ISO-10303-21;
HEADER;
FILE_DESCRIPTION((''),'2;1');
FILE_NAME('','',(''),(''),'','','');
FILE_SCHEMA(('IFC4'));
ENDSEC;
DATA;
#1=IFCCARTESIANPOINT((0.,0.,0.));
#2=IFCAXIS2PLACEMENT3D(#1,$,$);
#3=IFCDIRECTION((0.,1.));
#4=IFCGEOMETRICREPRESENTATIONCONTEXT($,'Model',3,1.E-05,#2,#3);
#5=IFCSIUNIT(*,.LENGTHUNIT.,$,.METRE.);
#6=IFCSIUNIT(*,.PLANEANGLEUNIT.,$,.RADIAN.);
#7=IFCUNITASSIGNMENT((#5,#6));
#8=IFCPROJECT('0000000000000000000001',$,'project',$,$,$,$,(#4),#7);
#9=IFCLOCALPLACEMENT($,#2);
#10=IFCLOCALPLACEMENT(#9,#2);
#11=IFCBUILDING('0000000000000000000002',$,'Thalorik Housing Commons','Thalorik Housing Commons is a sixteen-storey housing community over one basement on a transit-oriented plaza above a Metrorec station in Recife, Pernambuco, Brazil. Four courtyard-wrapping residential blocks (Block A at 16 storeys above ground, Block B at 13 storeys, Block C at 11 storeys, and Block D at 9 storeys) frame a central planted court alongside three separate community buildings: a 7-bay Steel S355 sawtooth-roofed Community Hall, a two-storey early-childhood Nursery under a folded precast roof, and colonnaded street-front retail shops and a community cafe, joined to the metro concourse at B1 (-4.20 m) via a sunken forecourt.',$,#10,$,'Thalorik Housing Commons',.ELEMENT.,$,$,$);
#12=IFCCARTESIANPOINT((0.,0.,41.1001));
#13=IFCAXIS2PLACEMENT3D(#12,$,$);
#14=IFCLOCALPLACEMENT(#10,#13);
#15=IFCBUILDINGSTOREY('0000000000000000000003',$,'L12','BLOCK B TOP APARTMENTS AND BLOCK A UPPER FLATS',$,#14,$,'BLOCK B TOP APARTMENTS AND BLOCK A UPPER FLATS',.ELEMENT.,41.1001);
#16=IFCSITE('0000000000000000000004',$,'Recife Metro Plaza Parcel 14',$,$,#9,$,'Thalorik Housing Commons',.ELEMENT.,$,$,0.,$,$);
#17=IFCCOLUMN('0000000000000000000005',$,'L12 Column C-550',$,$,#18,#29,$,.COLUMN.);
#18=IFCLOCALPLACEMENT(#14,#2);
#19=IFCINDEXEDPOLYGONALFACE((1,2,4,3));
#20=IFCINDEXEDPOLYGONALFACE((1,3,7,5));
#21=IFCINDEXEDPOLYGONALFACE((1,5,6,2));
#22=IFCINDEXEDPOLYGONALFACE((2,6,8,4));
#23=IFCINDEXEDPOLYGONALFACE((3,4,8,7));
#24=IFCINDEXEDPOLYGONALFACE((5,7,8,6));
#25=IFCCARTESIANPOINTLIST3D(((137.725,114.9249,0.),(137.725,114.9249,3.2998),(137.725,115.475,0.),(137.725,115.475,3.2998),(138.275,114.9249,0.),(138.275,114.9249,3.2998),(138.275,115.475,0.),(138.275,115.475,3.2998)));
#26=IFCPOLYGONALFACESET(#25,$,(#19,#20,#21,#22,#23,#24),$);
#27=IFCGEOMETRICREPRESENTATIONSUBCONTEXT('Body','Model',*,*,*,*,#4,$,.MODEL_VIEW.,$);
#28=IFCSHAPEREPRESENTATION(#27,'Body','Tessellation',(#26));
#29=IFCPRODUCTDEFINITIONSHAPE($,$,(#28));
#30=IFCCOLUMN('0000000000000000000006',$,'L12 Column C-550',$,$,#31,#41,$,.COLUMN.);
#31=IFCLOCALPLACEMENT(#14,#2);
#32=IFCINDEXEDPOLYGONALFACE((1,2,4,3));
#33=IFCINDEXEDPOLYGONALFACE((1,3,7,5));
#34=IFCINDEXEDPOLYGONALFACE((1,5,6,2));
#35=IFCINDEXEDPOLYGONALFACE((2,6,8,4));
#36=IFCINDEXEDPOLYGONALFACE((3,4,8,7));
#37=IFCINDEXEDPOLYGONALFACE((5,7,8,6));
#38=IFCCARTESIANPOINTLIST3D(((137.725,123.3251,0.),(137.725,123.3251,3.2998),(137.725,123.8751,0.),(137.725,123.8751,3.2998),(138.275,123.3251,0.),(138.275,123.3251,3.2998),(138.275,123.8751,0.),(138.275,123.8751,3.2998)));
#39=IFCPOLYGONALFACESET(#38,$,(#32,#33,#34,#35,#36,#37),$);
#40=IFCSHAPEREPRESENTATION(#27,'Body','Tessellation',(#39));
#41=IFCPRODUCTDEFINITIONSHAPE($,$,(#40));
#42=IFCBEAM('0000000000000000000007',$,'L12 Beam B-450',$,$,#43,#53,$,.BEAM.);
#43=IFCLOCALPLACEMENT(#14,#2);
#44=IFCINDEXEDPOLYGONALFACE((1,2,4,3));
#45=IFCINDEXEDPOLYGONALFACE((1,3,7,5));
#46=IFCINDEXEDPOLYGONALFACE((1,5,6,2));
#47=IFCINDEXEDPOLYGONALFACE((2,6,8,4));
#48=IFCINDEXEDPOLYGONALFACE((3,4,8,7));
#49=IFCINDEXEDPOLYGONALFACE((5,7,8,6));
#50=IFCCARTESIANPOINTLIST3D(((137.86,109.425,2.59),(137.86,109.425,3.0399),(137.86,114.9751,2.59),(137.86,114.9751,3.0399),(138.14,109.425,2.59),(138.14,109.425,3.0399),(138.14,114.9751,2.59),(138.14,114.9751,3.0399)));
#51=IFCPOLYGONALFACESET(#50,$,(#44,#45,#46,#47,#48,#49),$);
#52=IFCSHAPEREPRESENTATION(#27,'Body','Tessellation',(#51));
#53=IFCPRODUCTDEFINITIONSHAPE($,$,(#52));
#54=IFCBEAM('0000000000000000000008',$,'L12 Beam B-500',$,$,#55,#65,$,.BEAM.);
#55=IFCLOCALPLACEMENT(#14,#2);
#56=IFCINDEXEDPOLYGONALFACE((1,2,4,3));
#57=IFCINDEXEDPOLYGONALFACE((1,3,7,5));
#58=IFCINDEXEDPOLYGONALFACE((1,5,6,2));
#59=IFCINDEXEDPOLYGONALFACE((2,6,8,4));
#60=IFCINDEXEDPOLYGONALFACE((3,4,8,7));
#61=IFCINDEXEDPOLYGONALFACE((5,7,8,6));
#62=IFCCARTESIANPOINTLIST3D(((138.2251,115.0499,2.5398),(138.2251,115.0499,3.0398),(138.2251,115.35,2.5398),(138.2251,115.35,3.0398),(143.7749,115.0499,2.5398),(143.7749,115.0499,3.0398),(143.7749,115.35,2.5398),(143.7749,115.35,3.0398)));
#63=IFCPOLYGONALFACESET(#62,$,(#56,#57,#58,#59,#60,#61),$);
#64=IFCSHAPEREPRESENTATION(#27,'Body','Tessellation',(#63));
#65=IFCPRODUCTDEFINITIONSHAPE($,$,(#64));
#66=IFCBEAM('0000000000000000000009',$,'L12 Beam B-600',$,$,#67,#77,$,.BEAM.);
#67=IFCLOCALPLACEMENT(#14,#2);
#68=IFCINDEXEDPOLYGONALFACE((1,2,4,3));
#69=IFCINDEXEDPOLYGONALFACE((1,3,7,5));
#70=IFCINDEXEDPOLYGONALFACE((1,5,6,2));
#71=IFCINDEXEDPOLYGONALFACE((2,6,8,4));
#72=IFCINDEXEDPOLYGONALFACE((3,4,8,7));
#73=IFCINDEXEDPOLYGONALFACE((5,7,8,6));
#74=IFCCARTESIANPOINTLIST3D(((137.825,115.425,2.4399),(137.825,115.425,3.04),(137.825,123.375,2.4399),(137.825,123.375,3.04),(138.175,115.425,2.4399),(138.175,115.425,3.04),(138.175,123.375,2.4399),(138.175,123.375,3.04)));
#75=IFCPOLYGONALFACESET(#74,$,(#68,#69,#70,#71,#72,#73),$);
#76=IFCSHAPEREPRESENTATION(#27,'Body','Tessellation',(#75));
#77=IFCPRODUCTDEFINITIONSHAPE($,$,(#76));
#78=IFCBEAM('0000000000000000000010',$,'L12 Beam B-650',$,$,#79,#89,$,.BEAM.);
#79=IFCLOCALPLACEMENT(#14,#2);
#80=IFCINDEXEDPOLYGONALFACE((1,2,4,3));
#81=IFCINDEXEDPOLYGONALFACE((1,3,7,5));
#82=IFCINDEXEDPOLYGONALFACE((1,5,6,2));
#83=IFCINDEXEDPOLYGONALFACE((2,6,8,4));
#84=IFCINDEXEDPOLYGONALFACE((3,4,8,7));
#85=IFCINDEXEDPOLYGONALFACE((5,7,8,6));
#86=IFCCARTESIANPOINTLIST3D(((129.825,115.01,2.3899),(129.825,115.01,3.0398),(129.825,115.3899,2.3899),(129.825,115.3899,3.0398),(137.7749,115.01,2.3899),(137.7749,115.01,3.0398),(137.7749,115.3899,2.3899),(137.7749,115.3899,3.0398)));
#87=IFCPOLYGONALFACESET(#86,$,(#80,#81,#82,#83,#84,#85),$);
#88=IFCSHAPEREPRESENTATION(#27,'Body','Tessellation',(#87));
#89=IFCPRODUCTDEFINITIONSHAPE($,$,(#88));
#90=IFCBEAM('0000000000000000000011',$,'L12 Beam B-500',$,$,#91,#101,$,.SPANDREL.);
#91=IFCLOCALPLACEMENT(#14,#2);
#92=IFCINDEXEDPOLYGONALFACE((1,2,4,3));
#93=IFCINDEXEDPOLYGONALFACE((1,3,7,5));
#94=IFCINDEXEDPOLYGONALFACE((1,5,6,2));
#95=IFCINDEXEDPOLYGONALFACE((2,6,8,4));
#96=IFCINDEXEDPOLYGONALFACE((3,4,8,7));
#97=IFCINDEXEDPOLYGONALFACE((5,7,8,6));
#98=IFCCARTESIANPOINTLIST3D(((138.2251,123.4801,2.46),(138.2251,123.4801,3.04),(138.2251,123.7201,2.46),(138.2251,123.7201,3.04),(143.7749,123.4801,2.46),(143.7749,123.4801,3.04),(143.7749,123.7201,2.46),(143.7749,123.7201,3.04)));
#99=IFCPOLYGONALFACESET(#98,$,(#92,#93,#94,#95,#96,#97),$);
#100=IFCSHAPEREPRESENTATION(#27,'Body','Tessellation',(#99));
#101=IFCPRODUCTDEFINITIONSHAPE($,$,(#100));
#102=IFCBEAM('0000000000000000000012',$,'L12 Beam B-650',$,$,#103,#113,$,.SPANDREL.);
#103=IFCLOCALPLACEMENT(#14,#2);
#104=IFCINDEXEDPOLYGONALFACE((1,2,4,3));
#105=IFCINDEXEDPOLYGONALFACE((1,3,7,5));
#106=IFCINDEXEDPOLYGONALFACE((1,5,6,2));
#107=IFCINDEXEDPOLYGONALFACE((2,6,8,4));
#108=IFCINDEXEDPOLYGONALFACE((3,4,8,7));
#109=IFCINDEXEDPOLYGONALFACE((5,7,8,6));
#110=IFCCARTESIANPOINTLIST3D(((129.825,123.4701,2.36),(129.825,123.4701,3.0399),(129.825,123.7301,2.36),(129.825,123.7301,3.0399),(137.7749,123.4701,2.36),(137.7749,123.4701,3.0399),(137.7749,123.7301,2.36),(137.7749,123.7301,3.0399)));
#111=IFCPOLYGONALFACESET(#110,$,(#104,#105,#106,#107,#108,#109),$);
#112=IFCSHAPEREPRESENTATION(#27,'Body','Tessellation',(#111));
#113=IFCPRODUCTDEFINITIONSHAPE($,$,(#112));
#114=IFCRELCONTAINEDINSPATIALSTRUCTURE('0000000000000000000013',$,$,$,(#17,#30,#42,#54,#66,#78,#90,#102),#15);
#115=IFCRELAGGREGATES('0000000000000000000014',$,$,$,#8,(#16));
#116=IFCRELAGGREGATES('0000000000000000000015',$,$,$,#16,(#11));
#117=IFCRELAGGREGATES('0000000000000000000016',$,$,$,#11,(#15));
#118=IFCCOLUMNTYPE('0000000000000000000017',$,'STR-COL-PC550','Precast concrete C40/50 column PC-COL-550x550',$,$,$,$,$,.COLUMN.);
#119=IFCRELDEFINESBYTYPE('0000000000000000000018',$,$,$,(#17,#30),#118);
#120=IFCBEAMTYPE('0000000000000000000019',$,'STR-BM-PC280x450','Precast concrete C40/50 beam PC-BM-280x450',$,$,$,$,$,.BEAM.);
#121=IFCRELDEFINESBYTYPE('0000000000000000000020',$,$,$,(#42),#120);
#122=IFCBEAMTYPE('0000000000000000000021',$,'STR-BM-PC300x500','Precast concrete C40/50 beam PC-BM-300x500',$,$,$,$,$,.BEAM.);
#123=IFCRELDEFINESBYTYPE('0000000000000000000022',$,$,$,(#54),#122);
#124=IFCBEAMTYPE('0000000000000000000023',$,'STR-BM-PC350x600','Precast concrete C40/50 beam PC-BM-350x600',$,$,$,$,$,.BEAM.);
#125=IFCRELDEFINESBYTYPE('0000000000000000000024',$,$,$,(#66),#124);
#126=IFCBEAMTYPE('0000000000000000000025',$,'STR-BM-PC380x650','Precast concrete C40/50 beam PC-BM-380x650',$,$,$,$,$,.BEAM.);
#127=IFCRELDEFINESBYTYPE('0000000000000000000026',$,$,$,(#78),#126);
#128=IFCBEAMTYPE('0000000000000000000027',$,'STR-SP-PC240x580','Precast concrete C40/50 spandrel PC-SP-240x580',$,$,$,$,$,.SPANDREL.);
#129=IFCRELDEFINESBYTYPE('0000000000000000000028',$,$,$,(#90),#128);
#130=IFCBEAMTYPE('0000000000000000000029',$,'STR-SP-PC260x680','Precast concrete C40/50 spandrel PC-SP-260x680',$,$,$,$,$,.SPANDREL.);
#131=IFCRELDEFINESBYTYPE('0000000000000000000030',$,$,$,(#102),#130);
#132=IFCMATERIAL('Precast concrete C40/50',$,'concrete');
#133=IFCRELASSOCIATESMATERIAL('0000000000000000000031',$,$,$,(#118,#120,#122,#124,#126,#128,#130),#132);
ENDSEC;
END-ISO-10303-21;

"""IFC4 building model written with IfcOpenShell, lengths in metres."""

from ifc_helpers import new_model, si_unit, direction, frame, origin, origin_2d, place, context, subcontext, project, spatial, rectangle, extrude, material, material_profile, profile_set, type_object, element, save


model = new_model("IFC4")

# Units and contexts
model_context = context("Model", 3, precision=1e-05, world=origin(), true_north=direction((0.0, 1.0)))
body_context = subcontext(model_context, "Body", "Model", "MODEL_VIEW")
ifc_project = project(units=[si_unit("LENGTHUNIT", "METRE"), si_unit("PLANEANGLEUNIT", "RADIAN")], contexts=[model_context])

# Site, building, storey
site_placement = place(None, origin())
site = spatial("IfcSite", under=ifc_project, at=site_placement, Name="Recife Metro Plaza Parcel 14", LongName="Thalorik Housing Commons", CompositionType="ELEMENT", RefElevation=0.0)
building_placement = place(site_placement, origin())
building = spatial("IfcBuilding", under=site, at=building_placement, Name="Thalorik Housing Commons", Description="Thalorik Housing Commons is a sixteen-storey housing community over one basement on a transit-oriented plaza above a Metrorec station in Recife, Pernambuco, Brazil. Four courtyard-wrapping residential blocks (Block A at 16 storeys above ground, Block B at 13 storeys, Block C at 11 storeys, and Block D at 9 storeys) frame a central planted court alongside three separate community buildings: a 7-bay Steel S355 sawtooth-roofed Community Hall, a two-storey early-childhood Nursery under a folded precast roof, and colonnaded street-front retail shops and a community cafe, joined to the metro concourse at B1 (-4.20 m) via a sunken forecourt.", LongName="Thalorik Housing Commons", CompositionType="ELEMENT")
storey_placement = place(building_placement, frame((0.0, 0.0, 41.1001)))
storey = spatial("IfcBuildingStorey", under=building, at=storey_placement, Name="L12", Description="BLOCK B TOP APARTMENTS AND BLOCK A UPPER FLATS", LongName="BLOCK B TOP APARTMENTS AND BLOCK A UPPER FLATS", CompositionType="ELEMENT", Elevation=41.1001)

# Columns
ifc_material_1 = material(Name="Precast concrete C40/50", Category="concrete")
ifc_material_profile_1 = material_profile(ifc_material_1, rectangle(XDim=0.55, YDim=0.55, at=origin_2d()), Name="PC 550x550", Category="concrete")
ifc_profile_set_1 = profile_set([ifc_material_profile_1], Name="Precast concrete C40/50")
column_type = type_object("IfcColumnType", Name="STR-COL-PC550", Description="Precast concrete C40/50 column PC-COL-550x550", PredefinedType="COLUMN", material=ifc_profile_set_1)
for number, where, z_axis, x_axis, name in (
    (1, (138.0, 115.2, 0.0), (0.0, 0.0, 1.0), (1.0, 0.0, 0.0), "L12 Column C-550"),
    (2, (138.0, 123.6001, 0.0), (0.0, 0.0, 1.0), (1.0, 0.0, 0.0), "L12 Column C-550"),
):
    element("IfcColumn", number, at=place(storey_placement, frame(where, z_axis=z_axis, x_axis=x_axis)), inside=storey, type_object=column_type, Name=name, PredefinedType="COLUMN", context=body_context, shape_type="SweptSolid", body=[
        extrude(rectangle(XDim=0.55, YDim=0.55, at=origin_2d()), origin(), (0.0, 0.0, 1.0), 3.2998),
    ])

# Beams
ifc_material_profile_2 = material_profile(ifc_material_1, rectangle(XDim=0.28, YDim=0.45, at=origin_2d()), Name="PC 280x450", Category="concrete")
ifc_profile_set_2 = profile_set([ifc_material_profile_2], Name="Precast concrete C40/50")
beam_type_1 = type_object("IfcBeamType", Name="STR-BM-PC280x450", Description="Precast concrete C40/50 beam PC-BM-280x450", PredefinedType="BEAM", material=ifc_profile_set_2)
beam_1_placement = place(storey_placement, frame((138.0, 109.425, 2.8149), z_axis=(0.0, 1.0, 0.0), x_axis=(-1.0, 0.0, 0.0)))
element("IfcBeam", 3, at=beam_1_placement, inside=storey, type_object=beam_type_1, Name="L12 Beam B-450", PredefinedType="BEAM", context=body_context, shape_type="SweptSolid", body=[
    extrude(rectangle(XDim=0.28, YDim=0.45, at=origin_2d()), origin(), (0.0, 0.0, 1.0), 5.55),
])
ifc_material_profile_3 = material_profile(ifc_material_1, rectangle(XDim=0.3, YDim=0.5, at=origin_2d()), Name="PC 300x500", Category="concrete")
ifc_profile_set_3 = profile_set([ifc_material_profile_3], Name="Precast concrete C40/50")
beam_type_2 = type_object("IfcBeamType", Name="STR-BM-PC300x500", Description="Precast concrete C40/50 beam PC-BM-300x500", PredefinedType="BEAM", material=ifc_profile_set_3)
beam_2_placement = place(storey_placement, frame((138.2251, 115.2, 2.7898), z_axis=(1.0, 0.0, 0.0), x_axis=(0.0, 1.0, 0.0)))
element("IfcBeam", 4, at=beam_2_placement, inside=storey, type_object=beam_type_2, Name="L12 Beam B-500", PredefinedType="BEAM", context=body_context, shape_type="SweptSolid", body=[
    extrude(rectangle(XDim=0.3, YDim=0.5, at=origin_2d()), origin(), (0.0, 0.0, 1.0), 5.5498),
])
ifc_material_profile_4 = material_profile(ifc_material_1, rectangle(XDim=0.3501, YDim=0.6001, at=origin_2d()), Name="PC 350x600", Category="concrete")
ifc_profile_set_4 = profile_set([ifc_material_profile_4], Name="Precast concrete C40/50")
beam_type_3 = type_object("IfcBeamType", Name="STR-BM-PC350x600", Description="Precast concrete C40/50 beam PC-BM-350x600", PredefinedType="BEAM", material=ifc_profile_set_4)
beam_3_placement = place(storey_placement, frame((138.0, 115.425, 2.74), z_axis=(0.0, 1.0, 0.0), x_axis=(-1.0, 0.0, 0.0)))
element("IfcBeam", 5, at=beam_3_placement, inside=storey, type_object=beam_type_3, Name="L12 Beam B-600", PredefinedType="BEAM", context=body_context, shape_type="SweptSolid", body=[
    extrude(rectangle(XDim=0.3501, YDim=0.6001, at=origin_2d()), origin(), (0.0, 0.0, 1.0), 7.95),
])
ifc_material_profile_5 = material_profile(ifc_material_1, rectangle(XDim=0.3799, YDim=0.6499, at=origin_2d()), Name="PC 380x650", Category="concrete")
ifc_profile_set_5 = profile_set([ifc_material_profile_5], Name="Precast concrete C40/50")
beam_type_4 = type_object("IfcBeamType", Name="STR-BM-PC380x650", Description="Precast concrete C40/50 beam PC-BM-380x650", PredefinedType="BEAM", material=ifc_profile_set_5)
beam_4_placement = place(storey_placement, frame((129.825, 115.2, 2.7148), z_axis=(1.0, 0.0, 0.0), x_axis=(0.0, 1.0, 0.0)))
element("IfcBeam", 6, at=beam_4_placement, inside=storey, type_object=beam_type_4, Name="L12 Beam B-650", PredefinedType="BEAM", context=body_context, shape_type="SweptSolid", body=[
    extrude(rectangle(XDim=0.3799, YDim=0.6499, at=origin_2d()), origin(), (0.0, 0.0, 1.0), 7.95),
])
ifc_material_profile_6 = material_profile(ifc_material_1, rectangle(XDim=0.24, YDim=0.5801, at=origin_2d()), Name="PC SP 240x580", Category="concrete")
ifc_profile_set_6 = profile_set([ifc_material_profile_6], Name="Precast concrete C40/50")
beam_type_5 = type_object("IfcBeamType", Name="STR-SP-PC240x580", Description="Precast concrete C40/50 spandrel PC-SP-240x580", PredefinedType="SPANDREL", material=ifc_profile_set_6)
beam_5_placement = place(storey_placement, frame((138.2251, 123.6001, 2.75), z_axis=(1.0, 0.0, 0.0), x_axis=(0.0, 1.0, 0.0)))
element("IfcBeam", 7, at=beam_5_placement, inside=storey, type_object=beam_type_5, Name="L12 Beam B-500", PredefinedType="SPANDREL", context=body_context, shape_type="SweptSolid", body=[
    extrude(rectangle(XDim=0.24, YDim=0.5801, at=origin_2d()), origin(), (0.0, 0.0, 1.0), 5.5498),
])
ifc_material_profile_7 = material_profile(ifc_material_1, rectangle(XDim=0.26, YDim=0.6799, at=origin_2d()), Name="PC SP 260x680", Category="concrete")
ifc_profile_set_7 = profile_set([ifc_material_profile_7], Name="Precast concrete C40/50")
beam_type_6 = type_object("IfcBeamType", Name="STR-SP-PC260x680", Description="Precast concrete C40/50 spandrel PC-SP-260x680", PredefinedType="SPANDREL", material=ifc_profile_set_7)
beam_6_placement = place(storey_placement, frame((129.825, 123.6001, 2.7), z_axis=(1.0, 0.0, 0.0), x_axis=(0.0, 1.0, 0.0)))
element("IfcBeam", 8, at=beam_6_placement, inside=storey, type_object=beam_type_6, Name="L12 Beam B-650", PredefinedType="SPANDREL", context=body_context, shape_type="SweptSolid", body=[
    extrude(rectangle(XDim=0.26, YDim=0.6799, at=origin_2d()), origin(), (0.0, 0.0, 1.0), 7.95),
])

save(model, "model.ifc")
